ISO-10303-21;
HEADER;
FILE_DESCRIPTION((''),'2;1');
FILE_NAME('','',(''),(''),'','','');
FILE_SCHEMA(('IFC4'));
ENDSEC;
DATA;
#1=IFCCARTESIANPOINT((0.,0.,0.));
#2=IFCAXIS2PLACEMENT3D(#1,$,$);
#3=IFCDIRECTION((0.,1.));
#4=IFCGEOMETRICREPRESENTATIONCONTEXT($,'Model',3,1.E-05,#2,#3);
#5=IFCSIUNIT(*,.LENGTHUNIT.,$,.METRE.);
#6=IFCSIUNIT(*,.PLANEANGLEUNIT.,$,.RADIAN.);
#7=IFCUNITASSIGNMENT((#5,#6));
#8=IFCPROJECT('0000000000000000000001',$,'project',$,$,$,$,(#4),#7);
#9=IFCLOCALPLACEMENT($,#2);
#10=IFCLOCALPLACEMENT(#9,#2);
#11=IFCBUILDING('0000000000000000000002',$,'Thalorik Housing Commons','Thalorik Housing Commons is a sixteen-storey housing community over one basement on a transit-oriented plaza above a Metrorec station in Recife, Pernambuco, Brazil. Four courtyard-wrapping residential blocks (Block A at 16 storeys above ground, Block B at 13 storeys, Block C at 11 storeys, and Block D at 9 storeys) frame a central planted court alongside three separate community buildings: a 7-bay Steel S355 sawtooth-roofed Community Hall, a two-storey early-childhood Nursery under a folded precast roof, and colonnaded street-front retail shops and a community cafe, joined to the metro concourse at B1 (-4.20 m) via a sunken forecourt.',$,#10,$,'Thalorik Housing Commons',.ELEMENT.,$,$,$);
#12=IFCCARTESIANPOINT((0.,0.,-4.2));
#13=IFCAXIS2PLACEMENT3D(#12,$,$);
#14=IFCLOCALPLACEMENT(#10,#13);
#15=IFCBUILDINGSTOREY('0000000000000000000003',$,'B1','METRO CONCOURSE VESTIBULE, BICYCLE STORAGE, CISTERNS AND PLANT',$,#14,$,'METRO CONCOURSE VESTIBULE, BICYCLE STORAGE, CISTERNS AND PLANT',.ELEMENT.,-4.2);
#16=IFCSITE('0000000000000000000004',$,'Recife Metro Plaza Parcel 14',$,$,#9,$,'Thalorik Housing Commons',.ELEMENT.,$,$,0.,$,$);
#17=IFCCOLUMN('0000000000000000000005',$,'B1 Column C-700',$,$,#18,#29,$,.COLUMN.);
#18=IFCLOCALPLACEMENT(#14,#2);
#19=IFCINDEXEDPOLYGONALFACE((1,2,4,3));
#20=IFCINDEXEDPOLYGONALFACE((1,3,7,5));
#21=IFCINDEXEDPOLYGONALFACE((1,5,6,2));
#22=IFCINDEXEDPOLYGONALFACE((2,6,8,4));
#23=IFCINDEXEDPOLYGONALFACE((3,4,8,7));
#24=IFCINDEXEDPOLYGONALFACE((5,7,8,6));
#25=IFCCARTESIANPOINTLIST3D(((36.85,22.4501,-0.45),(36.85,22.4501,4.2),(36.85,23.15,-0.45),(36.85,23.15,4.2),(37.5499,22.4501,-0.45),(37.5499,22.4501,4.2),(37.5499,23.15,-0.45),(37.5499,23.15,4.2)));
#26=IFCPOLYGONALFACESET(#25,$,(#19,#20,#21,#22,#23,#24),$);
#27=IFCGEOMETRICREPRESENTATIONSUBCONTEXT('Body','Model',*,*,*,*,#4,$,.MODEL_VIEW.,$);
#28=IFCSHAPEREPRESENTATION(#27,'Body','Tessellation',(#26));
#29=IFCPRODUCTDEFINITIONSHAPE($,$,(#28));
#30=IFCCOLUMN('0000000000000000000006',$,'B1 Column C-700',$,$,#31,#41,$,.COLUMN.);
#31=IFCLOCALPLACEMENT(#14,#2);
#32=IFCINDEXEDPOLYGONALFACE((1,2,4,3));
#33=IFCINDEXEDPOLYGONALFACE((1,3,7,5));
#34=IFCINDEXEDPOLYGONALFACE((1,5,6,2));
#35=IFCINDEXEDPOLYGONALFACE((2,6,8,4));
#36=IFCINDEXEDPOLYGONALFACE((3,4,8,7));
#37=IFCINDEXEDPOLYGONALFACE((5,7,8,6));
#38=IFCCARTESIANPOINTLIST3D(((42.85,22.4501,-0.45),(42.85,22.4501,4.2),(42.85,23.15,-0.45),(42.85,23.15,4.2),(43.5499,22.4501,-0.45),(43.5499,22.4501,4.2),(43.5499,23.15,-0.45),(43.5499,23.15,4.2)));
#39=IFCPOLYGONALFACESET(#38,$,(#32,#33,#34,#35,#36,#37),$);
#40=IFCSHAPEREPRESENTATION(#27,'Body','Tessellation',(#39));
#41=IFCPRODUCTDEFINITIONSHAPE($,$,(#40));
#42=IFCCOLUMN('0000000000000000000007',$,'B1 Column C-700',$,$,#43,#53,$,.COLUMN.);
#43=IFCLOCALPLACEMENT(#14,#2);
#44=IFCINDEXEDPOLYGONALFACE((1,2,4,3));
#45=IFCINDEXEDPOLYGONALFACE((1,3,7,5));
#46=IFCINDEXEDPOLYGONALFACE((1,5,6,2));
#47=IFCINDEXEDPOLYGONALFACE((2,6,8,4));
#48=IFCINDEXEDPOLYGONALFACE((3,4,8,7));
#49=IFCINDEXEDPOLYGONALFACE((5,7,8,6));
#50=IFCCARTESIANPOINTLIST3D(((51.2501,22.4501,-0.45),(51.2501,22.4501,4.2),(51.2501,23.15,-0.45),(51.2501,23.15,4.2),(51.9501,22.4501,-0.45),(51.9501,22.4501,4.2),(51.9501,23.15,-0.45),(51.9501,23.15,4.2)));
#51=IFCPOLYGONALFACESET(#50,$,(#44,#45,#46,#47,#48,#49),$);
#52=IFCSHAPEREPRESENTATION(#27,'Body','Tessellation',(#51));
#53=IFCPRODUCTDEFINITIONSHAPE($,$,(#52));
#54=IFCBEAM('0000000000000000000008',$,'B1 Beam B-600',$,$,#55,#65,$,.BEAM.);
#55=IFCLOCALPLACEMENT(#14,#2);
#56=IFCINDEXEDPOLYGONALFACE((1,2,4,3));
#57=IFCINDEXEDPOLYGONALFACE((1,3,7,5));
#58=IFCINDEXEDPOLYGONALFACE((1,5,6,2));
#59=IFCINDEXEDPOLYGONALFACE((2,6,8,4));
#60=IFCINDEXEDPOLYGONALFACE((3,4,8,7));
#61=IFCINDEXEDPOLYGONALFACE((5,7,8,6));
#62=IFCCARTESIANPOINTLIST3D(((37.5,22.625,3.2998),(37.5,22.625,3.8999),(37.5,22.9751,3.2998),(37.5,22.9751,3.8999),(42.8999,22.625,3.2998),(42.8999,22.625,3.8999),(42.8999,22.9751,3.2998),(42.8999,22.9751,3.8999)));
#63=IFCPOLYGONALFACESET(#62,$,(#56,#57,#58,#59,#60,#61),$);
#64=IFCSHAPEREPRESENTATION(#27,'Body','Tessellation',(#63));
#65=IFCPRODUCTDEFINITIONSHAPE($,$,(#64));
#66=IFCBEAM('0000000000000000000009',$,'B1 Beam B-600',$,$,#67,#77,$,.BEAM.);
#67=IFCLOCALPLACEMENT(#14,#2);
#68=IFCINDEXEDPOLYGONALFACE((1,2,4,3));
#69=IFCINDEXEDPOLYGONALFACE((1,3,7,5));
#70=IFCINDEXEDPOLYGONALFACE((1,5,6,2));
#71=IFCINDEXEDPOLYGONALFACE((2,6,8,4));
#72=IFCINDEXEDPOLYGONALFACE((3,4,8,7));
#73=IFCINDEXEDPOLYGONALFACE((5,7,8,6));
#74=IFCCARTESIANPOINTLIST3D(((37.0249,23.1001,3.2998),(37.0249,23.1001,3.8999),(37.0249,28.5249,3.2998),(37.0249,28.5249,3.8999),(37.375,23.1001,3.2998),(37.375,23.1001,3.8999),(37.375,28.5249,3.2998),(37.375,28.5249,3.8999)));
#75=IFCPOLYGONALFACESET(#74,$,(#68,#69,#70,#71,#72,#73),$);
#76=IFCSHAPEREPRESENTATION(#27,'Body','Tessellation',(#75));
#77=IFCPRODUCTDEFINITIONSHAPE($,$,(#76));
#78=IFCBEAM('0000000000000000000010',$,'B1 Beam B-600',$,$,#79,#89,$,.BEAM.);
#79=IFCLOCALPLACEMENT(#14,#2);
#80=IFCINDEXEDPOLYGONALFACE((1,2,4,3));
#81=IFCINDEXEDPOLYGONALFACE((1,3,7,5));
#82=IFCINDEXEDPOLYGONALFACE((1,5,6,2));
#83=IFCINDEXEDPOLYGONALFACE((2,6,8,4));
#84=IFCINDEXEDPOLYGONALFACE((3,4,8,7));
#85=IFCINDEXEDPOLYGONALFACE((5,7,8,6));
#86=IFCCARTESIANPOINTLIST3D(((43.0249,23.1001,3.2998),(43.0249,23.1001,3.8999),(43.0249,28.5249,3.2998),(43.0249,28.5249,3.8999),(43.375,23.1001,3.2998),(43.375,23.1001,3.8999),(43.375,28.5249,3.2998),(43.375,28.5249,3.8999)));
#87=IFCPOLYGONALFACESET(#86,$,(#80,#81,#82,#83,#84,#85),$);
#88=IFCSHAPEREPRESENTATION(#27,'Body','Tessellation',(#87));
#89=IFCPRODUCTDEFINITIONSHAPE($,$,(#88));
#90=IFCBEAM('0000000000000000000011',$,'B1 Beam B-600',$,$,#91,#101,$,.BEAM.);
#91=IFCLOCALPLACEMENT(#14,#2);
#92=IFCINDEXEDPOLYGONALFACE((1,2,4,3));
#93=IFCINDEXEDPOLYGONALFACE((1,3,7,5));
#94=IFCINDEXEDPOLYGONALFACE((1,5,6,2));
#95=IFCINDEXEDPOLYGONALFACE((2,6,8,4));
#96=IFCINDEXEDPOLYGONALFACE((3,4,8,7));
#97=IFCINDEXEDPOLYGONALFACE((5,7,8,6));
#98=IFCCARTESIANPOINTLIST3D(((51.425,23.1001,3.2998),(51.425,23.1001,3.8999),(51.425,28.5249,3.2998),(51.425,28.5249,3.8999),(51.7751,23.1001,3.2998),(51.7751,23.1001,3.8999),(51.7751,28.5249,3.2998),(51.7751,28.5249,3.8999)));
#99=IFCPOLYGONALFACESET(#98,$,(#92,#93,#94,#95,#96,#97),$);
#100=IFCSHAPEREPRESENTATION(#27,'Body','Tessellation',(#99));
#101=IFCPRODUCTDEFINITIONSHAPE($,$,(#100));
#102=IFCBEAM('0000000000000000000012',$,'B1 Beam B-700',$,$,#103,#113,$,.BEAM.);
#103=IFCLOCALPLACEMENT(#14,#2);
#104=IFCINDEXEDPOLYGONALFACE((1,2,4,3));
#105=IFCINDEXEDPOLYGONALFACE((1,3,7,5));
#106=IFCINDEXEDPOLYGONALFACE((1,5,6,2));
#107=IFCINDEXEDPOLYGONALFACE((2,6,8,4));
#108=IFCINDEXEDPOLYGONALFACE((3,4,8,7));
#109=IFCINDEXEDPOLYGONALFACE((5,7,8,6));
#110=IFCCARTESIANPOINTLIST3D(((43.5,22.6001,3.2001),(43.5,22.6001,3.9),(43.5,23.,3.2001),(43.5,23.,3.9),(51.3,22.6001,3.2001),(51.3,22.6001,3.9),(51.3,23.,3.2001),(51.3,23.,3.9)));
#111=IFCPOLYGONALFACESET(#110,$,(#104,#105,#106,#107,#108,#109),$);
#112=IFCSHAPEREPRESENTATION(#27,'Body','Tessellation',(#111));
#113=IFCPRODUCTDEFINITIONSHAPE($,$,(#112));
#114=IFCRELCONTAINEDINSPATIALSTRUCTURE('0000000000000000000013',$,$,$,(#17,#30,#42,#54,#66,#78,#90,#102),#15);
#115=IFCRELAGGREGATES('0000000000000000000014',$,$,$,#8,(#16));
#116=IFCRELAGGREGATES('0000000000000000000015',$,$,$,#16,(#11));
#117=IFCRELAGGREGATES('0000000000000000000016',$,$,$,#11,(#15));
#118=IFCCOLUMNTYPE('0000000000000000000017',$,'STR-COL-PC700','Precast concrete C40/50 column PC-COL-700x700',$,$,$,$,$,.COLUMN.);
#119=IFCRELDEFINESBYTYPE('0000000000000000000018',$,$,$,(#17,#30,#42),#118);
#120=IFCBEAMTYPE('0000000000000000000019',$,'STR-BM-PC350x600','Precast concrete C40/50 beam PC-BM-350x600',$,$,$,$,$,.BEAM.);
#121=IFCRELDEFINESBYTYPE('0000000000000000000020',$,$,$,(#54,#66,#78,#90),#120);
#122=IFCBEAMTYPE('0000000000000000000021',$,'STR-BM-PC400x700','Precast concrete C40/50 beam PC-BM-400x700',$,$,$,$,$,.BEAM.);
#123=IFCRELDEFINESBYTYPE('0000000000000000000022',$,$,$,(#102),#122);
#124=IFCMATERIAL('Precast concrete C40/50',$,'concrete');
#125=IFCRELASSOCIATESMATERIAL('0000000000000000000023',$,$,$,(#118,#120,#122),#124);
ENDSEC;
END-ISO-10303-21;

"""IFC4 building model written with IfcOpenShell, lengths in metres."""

from ifc_helpers import new_model, si_unit, direction, frame, origin, origin_2d, place, context, subcontext, project, spatial, rectangle, extrude, material, material_profile, profile_set, type_object, element, save


model = new_model("IFC4")

# Units and contexts
model_context = context("Model", 3, precision=1e-05, world=origin(), true_north=direction((0.0, 1.0)))
body_context = subcontext(model_context, "Body", "Model", "MODEL_VIEW")
ifc_project = project(units=[si_unit("LENGTHUNIT", "METRE"), si_unit("PLANEANGLEUNIT", "RADIAN")], contexts=[model_context])

# Site, building, storey
site_placement = place(None, origin())
site = spatial("IfcSite", under=ifc_project, at=site_placement, Name="Recife Metro Plaza Parcel 14", LongName="Thalorik Housing Commons", CompositionType="ELEMENT", RefElevation=0.0)
building_placement = place(site_placement, origin())
building = spatial("IfcBuilding", under=site, at=building_placement, Name="Thalorik Housing Commons", Description="Thalorik Housing Commons is a sixteen-storey housing community over one basement on a transit-oriented plaza above a Metrorec station in Recife, Pernambuco, Brazil. Four courtyard-wrapping residential blocks (Block A at 16 storeys above ground, Block B at 13 storeys, Block C at 11 storeys, and Block D at 9 storeys) frame a central planted court alongside three separate community buildings: a 7-bay Steel S355 sawtooth-roofed Community Hall, a two-storey early-childhood Nursery under a folded precast roof, and colonnaded street-front retail shops and a community cafe, joined to the metro concourse at B1 (-4.20 m) via a sunken forecourt.", LongName="Thalorik Housing Commons", CompositionType="ELEMENT")
storey_placement = place(building_placement, frame((0.0, 0.0, -4.2)))
storey = spatial("IfcBuildingStorey", under=building, at=storey_placement, Name="B1", Description="METRO CONCOURSE VESTIBULE, BICYCLE STORAGE, CISTERNS AND PLANT", LongName="METRO CONCOURSE VESTIBULE, BICYCLE STORAGE, CISTERNS AND PLANT", CompositionType="ELEMENT", Elevation=-4.2)

# Columns
ifc_material_1 = material(Name="Precast concrete C40/50", Category="concrete")
ifc_material_profile_1 = material_profile(ifc_material_1, rectangle(XDim=0.7, YDim=0.7, at=origin_2d()), Name="PC 700x700", Category="concrete")
ifc_profile_set_1 = profile_set([ifc_material_profile_1], Name="Precast concrete C40/50")
column_type = type_object("IfcColumnType", Name="STR-COL-PC700", Description="Precast concrete C40/50 column PC-COL-700x700", PredefinedType="COLUMN", material=ifc_profile_set_1)
for number, where, z_axis, x_axis, name in (
    (1, (37.2, 22.8, -0.45), (0.0, 0.0, 1.0), (1.0, 0.0, 0.0), "B1 Column C-700"),
    (2, (43.2, 22.8, -0.45), (0.0, 0.0, 1.0), (1.0, 0.0, 0.0), "B1 Column C-700"),
    (3, (51.6001, 22.8, -0.45), (0.0, 0.0, 1.0), (1.0, 0.0, 0.0), "B1 Column C-700"),
):
    element("IfcColumn", number, at=place(storey_placement, frame(where, z_axis=z_axis, x_axis=x_axis)), inside=storey, type_object=column_type, Name=name, PredefinedType="COLUMN", context=body_context, shape_type="SweptSolid", body=[
        extrude(rectangle(XDim=0.7, YDim=0.7, at=origin_2d()), origin(), (0.0, 0.0, 1.0), 4.6499),
    ])

# Beams
ifc_material_profile_2 = material_profile(ifc_material_1, rectangle(XDim=0.3501, YDim=0.6001, at=origin_2d()), Name="PC 350x600", Category="concrete")
ifc_profile_set_2 = profile_set([ifc_material_profile_2], Name="Precast concrete C40/50")
beam_type_1 = type_object("IfcBeamType", Name="STR-BM-PC350x600", Description="Precast concrete C40/50 beam PC-BM-350x600", PredefinedType="BEAM", material=ifc_profile_set_2)
beam_1_placement = place(storey_placement, frame((37.5, 22.8, 3.5999), z_axis=(1.0, 0.0, 0.0), x_axis=(0.0, 1.0, 0.0)))
element("IfcBeam", 4, at=beam_1_placement, inside=storey, type_object=beam_type_1, Name="B1 Beam B-600", PredefinedType="BEAM", context=body_context, shape_type="SweptSolid", body=[
    extrude(rectangle(XDim=0.3501, YDim=0.6001, at=origin_2d()), origin(), (0.0, 0.0, 1.0), 5.3999),
])
for number, where, z_axis, x_axis, name in (
    (5, (37.2, 23.1001, 3.5999), (0.0, 1.0, 0.0), (-1.0, 0.0, 0.0), "B1 Beam B-600"),
    (6, (43.2, 23.1001, 3.5999), (0.0, 1.0, 0.0), (-1.0, 0.0, 0.0), "B1 Beam B-600"),
    (7, (51.6001, 23.1001, 3.5999), (0.0, 1.0, 0.0), (-1.0, 0.0, 0.0), "B1 Beam B-600"),
):
    element("IfcBeam", number, at=place(storey_placement, frame(where, z_axis=z_axis, x_axis=x_axis)), inside=storey, type_object=beam_type_1, Name=name, PredefinedType="BEAM", context=body_context, shape_type="SweptSolid", body=[
        extrude(rectangle(XDim=0.3501, YDim=0.6001, at=origin_2d()), origin(), (0.0, 0.0, 1.0), 5.4248),
    ])
ifc_material_profile_3 = material_profile(ifc_material_1, rectangle(XDim=0.3999, YDim=0.7, at=origin_2d()), Name="PC 400x700", Category="concrete")
ifc_profile_set_3 = profile_set([ifc_material_profile_3], Name="Precast concrete C40/50")
beam_type_2 = type_object("IfcBeamType", Name="STR-BM-PC400x700", Description="Precast concrete C40/50 beam PC-BM-400x700", PredefinedType="BEAM", material=ifc_profile_set_3)
beam_2_placement = place(storey_placement, frame((43.5, 22.8, 3.55), z_axis=(1.0, 0.0, 0.0), x_axis=(0.0, 1.0, 0.0)))
element("IfcBeam", 8, at=beam_2_placement, inside=storey, type_object=beam_type_2, Name="B1 Beam B-700", PredefinedType="BEAM", context=body_context, shape_type="SweptSolid", body=[
    extrude(rectangle(XDim=0.3999, YDim=0.7, at=origin_2d()), origin(), (0.0, 0.0, 1.0), 7.8),
])

save(model, "model.ifc")
